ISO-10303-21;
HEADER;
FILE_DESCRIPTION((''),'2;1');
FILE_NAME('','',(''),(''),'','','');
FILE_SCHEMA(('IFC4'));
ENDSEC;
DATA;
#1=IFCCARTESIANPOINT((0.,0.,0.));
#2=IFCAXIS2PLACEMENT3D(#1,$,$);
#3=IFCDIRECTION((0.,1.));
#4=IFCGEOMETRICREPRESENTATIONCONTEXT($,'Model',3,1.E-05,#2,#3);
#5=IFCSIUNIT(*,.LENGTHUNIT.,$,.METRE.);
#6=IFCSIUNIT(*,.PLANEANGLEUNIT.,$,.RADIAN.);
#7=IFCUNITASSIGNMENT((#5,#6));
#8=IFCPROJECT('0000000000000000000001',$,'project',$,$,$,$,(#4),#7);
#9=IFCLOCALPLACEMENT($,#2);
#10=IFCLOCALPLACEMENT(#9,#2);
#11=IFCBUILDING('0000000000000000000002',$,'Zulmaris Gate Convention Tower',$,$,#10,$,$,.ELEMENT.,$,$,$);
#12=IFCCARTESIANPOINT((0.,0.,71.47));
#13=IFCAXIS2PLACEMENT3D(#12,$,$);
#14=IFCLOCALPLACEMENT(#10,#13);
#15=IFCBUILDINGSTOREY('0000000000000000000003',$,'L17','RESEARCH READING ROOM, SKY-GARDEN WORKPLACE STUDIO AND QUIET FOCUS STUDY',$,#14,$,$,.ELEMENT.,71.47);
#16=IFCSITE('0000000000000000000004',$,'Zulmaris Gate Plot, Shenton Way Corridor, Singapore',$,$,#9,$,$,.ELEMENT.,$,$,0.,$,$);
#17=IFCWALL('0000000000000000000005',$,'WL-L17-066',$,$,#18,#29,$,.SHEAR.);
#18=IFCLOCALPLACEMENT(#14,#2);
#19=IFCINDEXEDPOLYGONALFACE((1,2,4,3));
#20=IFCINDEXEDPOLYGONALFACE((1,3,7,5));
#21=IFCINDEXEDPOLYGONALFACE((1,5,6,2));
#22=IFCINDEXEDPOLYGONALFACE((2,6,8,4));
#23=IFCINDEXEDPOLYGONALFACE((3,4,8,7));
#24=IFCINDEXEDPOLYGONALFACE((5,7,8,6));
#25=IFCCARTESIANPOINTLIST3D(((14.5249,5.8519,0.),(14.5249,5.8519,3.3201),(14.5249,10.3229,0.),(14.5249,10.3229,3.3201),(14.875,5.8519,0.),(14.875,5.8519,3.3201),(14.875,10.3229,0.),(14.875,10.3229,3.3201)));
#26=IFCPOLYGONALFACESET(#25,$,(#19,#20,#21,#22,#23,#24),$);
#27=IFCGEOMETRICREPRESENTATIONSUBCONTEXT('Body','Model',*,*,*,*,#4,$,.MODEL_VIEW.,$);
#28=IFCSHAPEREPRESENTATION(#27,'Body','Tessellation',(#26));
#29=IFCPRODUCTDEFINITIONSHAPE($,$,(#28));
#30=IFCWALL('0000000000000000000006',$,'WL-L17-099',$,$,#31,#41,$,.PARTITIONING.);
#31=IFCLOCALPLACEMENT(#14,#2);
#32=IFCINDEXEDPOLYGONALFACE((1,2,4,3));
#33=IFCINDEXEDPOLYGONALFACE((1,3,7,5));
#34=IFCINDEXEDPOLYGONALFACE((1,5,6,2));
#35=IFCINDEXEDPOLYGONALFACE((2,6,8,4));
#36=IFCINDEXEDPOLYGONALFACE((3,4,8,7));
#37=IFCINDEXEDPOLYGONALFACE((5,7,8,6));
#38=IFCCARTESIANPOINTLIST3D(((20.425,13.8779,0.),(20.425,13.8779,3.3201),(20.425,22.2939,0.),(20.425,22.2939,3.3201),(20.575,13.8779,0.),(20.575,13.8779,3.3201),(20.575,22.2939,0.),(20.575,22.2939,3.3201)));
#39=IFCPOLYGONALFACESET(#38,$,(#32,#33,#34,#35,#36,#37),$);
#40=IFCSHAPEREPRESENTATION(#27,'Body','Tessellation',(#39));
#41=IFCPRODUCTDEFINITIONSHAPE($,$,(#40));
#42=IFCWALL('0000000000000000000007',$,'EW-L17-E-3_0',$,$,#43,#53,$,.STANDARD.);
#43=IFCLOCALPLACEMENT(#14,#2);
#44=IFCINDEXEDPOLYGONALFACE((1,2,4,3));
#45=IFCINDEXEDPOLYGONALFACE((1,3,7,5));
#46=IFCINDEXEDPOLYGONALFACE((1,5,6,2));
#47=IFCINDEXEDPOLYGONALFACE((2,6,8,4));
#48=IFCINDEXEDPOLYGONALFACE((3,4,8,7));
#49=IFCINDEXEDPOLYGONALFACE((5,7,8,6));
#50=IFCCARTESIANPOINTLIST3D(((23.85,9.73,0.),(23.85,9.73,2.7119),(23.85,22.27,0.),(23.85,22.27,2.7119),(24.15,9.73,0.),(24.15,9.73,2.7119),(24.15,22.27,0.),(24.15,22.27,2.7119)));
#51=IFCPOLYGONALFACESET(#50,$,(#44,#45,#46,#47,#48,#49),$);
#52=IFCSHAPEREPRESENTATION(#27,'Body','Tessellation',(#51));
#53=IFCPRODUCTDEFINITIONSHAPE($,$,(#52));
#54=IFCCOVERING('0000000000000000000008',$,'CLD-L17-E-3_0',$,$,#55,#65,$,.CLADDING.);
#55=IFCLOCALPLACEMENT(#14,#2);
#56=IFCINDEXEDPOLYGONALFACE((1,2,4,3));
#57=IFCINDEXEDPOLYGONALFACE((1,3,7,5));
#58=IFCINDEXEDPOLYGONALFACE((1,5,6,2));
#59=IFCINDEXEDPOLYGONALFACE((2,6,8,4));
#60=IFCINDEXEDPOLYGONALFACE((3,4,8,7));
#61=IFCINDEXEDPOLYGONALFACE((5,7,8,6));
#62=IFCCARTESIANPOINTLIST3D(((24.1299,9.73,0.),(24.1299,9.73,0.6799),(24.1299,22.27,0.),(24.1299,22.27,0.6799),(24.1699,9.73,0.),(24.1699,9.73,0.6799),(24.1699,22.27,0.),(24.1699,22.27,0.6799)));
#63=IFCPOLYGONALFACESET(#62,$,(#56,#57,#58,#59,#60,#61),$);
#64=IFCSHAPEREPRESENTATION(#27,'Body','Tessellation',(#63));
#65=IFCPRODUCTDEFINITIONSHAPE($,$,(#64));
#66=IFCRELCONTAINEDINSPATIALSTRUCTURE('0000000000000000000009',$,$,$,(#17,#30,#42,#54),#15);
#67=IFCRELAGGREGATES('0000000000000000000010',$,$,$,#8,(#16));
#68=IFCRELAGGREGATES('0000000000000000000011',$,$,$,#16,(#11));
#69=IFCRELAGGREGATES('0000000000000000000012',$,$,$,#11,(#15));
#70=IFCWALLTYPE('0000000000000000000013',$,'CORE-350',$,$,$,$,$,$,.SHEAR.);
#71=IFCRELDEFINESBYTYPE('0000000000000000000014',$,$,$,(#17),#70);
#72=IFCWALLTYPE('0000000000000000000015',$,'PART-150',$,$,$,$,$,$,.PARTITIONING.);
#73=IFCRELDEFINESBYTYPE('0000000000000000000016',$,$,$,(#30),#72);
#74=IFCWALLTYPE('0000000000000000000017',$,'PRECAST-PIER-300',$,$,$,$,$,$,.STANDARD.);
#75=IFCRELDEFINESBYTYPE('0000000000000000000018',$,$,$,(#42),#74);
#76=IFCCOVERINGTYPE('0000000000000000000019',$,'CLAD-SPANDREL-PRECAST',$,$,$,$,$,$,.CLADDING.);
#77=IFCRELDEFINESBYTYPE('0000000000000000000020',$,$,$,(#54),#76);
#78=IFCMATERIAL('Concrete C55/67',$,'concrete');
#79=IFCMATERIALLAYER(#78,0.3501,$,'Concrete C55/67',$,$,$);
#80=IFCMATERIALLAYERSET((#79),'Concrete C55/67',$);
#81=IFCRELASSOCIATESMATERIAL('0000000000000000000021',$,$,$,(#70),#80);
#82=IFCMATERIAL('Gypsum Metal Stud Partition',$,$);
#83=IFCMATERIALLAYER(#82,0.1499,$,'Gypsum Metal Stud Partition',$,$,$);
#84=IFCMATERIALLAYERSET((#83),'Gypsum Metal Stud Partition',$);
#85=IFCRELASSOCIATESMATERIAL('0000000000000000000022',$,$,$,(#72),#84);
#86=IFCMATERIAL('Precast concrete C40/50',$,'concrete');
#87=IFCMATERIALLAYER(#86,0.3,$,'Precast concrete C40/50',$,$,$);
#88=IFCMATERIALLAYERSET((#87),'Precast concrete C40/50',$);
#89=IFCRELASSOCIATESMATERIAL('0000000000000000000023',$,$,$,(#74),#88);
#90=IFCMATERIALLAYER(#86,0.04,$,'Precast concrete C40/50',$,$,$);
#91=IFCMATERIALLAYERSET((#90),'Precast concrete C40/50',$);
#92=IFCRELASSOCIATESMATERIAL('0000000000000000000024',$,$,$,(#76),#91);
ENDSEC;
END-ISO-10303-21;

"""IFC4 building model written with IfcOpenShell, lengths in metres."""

from ifc_helpers import new_model, si_unit, direction, frame, frame_2d, origin, place, context, subcontext, project, spatial, rectangle, extrude, material, layer, layer_set, type_object, element, save


model = new_model("IFC4")

# Units and contexts
model_context = context("Model", 3, precision=1e-05, world=origin(), true_north=direction((0.0, 1.0)))
body_context = subcontext(model_context, "Body", "Model", "MODEL_VIEW")
ifc_project = project(units=[si_unit("LENGTHUNIT", "METRE"), si_unit("PLANEANGLEUNIT", "RADIAN")], contexts=[model_context])

# Site, building, storey
site_placement = place(None, origin())
site = spatial("IfcSite", under=ifc_project, at=site_placement, Name="Zulmaris Gate Plot, Shenton Way Corridor, Singapore", CompositionType="ELEMENT", RefElevation=0.0)
building_placement = place(site_placement, origin())
building = spatial("IfcBuilding", under=site, at=building_placement, Name="Zulmaris Gate Convention Tower", CompositionType="ELEMENT")
storey_placement = place(building_placement, frame((0.0, 0.0, 71.47)))
storey = spatial("IfcBuildingStorey", under=building, at=storey_placement, Name="L17", Description="RESEARCH READING ROOM, SKY-GARDEN WORKPLACE STUDIO AND QUIET FOCUS STUDY", CompositionType="ELEMENT", Elevation=71.47)

# Shared definitions
ifc_material_1 = material(Name="Concrete C55/67", Category="concrete")
ifc_layer_1 = layer(ifc_material_1, 0.3501, Name="Concrete C55/67")
ifc_layer_set_1 = layer_set([ifc_layer_1], Name="Concrete C55/67")
wall_type_1 = type_object("IfcWallType", Name="CORE-350", PredefinedType="SHEAR", material=ifc_layer_set_1)

# Wall
wall_1_placement = place(storey_placement, frame((14.7, 5.8521, 0.0), z_axis=(0.0, 0.0, 1.0), x_axis=(0.0, 1.0, 0.0)))
element("IfcWall", 1, at=wall_1_placement, inside=storey, type_object=wall_type_1, Name="WL-L17-066", PredefinedType="SHEAR", context=body_context, shape_type="SweptSolid", body=[
    extrude(rectangle(XDim=4.4709, YDim=0.3501, at=frame_2d((2.2354, 0.0))), origin(), (0.0, 0.0, 1.0), 3.3201),
])

# Shared definitions
ifc_material_2 = material(Name="Gypsum Metal Stud Partition")
ifc_layer_2 = layer(ifc_material_2, 0.1499, Name="Gypsum Metal Stud Partition")
ifc_layer_set_2 = layer_set([ifc_layer_2], Name="Gypsum Metal Stud Partition")
wall_type_2 = type_object("IfcWallType", Name="PART-150", PredefinedType="PARTITIONING", material=ifc_layer_set_2)

# Walls
wall_2_placement = place(storey_placement, frame((20.5, 13.8779, 0.0), z_axis=(0.0, 0.0, 1.0), x_axis=(0.0, 1.0, 0.0)))
element("IfcWall", 2, at=wall_2_placement, inside=storey, type_object=wall_type_2, Name="WL-L17-099", PredefinedType="PARTITIONING", context=body_context, shape_type="SweptSolid", body=[
    extrude(rectangle(XDim=8.416, YDim=0.1499, at=frame_2d((4.208, 0.0))), origin(), (0.0, 0.0, 1.0), 3.3201),
])
ifc_material_3 = material(Name="Precast concrete C40/50", Category="concrete")
ifc_layer_3 = layer(ifc_material_3, 0.3, Name="Precast concrete C40/50")
ifc_layer_set_3 = layer_set([ifc_layer_3], Name="Precast concrete C40/50")
wall_type_3 = type_object("IfcWallType", Name="PRECAST-PIER-300", PredefinedType="STANDARD", material=ifc_layer_set_3)
wall_3_placement = place(storey_placement, frame((24.0, 9.73, 0.0), z_axis=(0.0, 0.0, 1.0), x_axis=(0.0, 1.0, 0.0)))
element("IfcWall", 3, at=wall_3_placement, inside=storey, type_object=wall_type_3, Name="EW-L17-E-3_0", PredefinedType="STANDARD", context=body_context, shape_type="SweptSolid", body=[
    extrude(rectangle(XDim=12.54, YDim=0.3, at=frame_2d((6.27, 0.0))), origin(), (0.0, 0.0, 1.0), 2.7119),
])

# Covering
ifc_layer_4 = layer(ifc_material_3, 0.04, Name="Precast concrete C40/50")
ifc_layer_set_4 = layer_set([ifc_layer_4], Name="Precast concrete C40/50")
covering_type = type_object("IfcCoveringType", Name="CLAD-SPANDREL-PRECAST", PredefinedType="CLADDING", material=ifc_layer_set_4)
covering_placement = place(storey_placement, frame((24.1499, 9.73, 0.0), z_axis=(0.0, 0.0, 1.0), x_axis=(0.0, 1.0, 0.0)))
element("IfcCovering", 4, at=covering_placement, inside=storey, type_object=covering_type, Name="CLD-L17-E-3_0", PredefinedType="CLADDING", context=body_context, shape_type="SweptSolid", body=[
    extrude(rectangle(XDim=12.54, YDim=0.04, at=frame_2d((6.27, 0.0))), origin(), (0.0, 0.0, 1.0), 0.6799),
])

save(model, "model.ifc")
